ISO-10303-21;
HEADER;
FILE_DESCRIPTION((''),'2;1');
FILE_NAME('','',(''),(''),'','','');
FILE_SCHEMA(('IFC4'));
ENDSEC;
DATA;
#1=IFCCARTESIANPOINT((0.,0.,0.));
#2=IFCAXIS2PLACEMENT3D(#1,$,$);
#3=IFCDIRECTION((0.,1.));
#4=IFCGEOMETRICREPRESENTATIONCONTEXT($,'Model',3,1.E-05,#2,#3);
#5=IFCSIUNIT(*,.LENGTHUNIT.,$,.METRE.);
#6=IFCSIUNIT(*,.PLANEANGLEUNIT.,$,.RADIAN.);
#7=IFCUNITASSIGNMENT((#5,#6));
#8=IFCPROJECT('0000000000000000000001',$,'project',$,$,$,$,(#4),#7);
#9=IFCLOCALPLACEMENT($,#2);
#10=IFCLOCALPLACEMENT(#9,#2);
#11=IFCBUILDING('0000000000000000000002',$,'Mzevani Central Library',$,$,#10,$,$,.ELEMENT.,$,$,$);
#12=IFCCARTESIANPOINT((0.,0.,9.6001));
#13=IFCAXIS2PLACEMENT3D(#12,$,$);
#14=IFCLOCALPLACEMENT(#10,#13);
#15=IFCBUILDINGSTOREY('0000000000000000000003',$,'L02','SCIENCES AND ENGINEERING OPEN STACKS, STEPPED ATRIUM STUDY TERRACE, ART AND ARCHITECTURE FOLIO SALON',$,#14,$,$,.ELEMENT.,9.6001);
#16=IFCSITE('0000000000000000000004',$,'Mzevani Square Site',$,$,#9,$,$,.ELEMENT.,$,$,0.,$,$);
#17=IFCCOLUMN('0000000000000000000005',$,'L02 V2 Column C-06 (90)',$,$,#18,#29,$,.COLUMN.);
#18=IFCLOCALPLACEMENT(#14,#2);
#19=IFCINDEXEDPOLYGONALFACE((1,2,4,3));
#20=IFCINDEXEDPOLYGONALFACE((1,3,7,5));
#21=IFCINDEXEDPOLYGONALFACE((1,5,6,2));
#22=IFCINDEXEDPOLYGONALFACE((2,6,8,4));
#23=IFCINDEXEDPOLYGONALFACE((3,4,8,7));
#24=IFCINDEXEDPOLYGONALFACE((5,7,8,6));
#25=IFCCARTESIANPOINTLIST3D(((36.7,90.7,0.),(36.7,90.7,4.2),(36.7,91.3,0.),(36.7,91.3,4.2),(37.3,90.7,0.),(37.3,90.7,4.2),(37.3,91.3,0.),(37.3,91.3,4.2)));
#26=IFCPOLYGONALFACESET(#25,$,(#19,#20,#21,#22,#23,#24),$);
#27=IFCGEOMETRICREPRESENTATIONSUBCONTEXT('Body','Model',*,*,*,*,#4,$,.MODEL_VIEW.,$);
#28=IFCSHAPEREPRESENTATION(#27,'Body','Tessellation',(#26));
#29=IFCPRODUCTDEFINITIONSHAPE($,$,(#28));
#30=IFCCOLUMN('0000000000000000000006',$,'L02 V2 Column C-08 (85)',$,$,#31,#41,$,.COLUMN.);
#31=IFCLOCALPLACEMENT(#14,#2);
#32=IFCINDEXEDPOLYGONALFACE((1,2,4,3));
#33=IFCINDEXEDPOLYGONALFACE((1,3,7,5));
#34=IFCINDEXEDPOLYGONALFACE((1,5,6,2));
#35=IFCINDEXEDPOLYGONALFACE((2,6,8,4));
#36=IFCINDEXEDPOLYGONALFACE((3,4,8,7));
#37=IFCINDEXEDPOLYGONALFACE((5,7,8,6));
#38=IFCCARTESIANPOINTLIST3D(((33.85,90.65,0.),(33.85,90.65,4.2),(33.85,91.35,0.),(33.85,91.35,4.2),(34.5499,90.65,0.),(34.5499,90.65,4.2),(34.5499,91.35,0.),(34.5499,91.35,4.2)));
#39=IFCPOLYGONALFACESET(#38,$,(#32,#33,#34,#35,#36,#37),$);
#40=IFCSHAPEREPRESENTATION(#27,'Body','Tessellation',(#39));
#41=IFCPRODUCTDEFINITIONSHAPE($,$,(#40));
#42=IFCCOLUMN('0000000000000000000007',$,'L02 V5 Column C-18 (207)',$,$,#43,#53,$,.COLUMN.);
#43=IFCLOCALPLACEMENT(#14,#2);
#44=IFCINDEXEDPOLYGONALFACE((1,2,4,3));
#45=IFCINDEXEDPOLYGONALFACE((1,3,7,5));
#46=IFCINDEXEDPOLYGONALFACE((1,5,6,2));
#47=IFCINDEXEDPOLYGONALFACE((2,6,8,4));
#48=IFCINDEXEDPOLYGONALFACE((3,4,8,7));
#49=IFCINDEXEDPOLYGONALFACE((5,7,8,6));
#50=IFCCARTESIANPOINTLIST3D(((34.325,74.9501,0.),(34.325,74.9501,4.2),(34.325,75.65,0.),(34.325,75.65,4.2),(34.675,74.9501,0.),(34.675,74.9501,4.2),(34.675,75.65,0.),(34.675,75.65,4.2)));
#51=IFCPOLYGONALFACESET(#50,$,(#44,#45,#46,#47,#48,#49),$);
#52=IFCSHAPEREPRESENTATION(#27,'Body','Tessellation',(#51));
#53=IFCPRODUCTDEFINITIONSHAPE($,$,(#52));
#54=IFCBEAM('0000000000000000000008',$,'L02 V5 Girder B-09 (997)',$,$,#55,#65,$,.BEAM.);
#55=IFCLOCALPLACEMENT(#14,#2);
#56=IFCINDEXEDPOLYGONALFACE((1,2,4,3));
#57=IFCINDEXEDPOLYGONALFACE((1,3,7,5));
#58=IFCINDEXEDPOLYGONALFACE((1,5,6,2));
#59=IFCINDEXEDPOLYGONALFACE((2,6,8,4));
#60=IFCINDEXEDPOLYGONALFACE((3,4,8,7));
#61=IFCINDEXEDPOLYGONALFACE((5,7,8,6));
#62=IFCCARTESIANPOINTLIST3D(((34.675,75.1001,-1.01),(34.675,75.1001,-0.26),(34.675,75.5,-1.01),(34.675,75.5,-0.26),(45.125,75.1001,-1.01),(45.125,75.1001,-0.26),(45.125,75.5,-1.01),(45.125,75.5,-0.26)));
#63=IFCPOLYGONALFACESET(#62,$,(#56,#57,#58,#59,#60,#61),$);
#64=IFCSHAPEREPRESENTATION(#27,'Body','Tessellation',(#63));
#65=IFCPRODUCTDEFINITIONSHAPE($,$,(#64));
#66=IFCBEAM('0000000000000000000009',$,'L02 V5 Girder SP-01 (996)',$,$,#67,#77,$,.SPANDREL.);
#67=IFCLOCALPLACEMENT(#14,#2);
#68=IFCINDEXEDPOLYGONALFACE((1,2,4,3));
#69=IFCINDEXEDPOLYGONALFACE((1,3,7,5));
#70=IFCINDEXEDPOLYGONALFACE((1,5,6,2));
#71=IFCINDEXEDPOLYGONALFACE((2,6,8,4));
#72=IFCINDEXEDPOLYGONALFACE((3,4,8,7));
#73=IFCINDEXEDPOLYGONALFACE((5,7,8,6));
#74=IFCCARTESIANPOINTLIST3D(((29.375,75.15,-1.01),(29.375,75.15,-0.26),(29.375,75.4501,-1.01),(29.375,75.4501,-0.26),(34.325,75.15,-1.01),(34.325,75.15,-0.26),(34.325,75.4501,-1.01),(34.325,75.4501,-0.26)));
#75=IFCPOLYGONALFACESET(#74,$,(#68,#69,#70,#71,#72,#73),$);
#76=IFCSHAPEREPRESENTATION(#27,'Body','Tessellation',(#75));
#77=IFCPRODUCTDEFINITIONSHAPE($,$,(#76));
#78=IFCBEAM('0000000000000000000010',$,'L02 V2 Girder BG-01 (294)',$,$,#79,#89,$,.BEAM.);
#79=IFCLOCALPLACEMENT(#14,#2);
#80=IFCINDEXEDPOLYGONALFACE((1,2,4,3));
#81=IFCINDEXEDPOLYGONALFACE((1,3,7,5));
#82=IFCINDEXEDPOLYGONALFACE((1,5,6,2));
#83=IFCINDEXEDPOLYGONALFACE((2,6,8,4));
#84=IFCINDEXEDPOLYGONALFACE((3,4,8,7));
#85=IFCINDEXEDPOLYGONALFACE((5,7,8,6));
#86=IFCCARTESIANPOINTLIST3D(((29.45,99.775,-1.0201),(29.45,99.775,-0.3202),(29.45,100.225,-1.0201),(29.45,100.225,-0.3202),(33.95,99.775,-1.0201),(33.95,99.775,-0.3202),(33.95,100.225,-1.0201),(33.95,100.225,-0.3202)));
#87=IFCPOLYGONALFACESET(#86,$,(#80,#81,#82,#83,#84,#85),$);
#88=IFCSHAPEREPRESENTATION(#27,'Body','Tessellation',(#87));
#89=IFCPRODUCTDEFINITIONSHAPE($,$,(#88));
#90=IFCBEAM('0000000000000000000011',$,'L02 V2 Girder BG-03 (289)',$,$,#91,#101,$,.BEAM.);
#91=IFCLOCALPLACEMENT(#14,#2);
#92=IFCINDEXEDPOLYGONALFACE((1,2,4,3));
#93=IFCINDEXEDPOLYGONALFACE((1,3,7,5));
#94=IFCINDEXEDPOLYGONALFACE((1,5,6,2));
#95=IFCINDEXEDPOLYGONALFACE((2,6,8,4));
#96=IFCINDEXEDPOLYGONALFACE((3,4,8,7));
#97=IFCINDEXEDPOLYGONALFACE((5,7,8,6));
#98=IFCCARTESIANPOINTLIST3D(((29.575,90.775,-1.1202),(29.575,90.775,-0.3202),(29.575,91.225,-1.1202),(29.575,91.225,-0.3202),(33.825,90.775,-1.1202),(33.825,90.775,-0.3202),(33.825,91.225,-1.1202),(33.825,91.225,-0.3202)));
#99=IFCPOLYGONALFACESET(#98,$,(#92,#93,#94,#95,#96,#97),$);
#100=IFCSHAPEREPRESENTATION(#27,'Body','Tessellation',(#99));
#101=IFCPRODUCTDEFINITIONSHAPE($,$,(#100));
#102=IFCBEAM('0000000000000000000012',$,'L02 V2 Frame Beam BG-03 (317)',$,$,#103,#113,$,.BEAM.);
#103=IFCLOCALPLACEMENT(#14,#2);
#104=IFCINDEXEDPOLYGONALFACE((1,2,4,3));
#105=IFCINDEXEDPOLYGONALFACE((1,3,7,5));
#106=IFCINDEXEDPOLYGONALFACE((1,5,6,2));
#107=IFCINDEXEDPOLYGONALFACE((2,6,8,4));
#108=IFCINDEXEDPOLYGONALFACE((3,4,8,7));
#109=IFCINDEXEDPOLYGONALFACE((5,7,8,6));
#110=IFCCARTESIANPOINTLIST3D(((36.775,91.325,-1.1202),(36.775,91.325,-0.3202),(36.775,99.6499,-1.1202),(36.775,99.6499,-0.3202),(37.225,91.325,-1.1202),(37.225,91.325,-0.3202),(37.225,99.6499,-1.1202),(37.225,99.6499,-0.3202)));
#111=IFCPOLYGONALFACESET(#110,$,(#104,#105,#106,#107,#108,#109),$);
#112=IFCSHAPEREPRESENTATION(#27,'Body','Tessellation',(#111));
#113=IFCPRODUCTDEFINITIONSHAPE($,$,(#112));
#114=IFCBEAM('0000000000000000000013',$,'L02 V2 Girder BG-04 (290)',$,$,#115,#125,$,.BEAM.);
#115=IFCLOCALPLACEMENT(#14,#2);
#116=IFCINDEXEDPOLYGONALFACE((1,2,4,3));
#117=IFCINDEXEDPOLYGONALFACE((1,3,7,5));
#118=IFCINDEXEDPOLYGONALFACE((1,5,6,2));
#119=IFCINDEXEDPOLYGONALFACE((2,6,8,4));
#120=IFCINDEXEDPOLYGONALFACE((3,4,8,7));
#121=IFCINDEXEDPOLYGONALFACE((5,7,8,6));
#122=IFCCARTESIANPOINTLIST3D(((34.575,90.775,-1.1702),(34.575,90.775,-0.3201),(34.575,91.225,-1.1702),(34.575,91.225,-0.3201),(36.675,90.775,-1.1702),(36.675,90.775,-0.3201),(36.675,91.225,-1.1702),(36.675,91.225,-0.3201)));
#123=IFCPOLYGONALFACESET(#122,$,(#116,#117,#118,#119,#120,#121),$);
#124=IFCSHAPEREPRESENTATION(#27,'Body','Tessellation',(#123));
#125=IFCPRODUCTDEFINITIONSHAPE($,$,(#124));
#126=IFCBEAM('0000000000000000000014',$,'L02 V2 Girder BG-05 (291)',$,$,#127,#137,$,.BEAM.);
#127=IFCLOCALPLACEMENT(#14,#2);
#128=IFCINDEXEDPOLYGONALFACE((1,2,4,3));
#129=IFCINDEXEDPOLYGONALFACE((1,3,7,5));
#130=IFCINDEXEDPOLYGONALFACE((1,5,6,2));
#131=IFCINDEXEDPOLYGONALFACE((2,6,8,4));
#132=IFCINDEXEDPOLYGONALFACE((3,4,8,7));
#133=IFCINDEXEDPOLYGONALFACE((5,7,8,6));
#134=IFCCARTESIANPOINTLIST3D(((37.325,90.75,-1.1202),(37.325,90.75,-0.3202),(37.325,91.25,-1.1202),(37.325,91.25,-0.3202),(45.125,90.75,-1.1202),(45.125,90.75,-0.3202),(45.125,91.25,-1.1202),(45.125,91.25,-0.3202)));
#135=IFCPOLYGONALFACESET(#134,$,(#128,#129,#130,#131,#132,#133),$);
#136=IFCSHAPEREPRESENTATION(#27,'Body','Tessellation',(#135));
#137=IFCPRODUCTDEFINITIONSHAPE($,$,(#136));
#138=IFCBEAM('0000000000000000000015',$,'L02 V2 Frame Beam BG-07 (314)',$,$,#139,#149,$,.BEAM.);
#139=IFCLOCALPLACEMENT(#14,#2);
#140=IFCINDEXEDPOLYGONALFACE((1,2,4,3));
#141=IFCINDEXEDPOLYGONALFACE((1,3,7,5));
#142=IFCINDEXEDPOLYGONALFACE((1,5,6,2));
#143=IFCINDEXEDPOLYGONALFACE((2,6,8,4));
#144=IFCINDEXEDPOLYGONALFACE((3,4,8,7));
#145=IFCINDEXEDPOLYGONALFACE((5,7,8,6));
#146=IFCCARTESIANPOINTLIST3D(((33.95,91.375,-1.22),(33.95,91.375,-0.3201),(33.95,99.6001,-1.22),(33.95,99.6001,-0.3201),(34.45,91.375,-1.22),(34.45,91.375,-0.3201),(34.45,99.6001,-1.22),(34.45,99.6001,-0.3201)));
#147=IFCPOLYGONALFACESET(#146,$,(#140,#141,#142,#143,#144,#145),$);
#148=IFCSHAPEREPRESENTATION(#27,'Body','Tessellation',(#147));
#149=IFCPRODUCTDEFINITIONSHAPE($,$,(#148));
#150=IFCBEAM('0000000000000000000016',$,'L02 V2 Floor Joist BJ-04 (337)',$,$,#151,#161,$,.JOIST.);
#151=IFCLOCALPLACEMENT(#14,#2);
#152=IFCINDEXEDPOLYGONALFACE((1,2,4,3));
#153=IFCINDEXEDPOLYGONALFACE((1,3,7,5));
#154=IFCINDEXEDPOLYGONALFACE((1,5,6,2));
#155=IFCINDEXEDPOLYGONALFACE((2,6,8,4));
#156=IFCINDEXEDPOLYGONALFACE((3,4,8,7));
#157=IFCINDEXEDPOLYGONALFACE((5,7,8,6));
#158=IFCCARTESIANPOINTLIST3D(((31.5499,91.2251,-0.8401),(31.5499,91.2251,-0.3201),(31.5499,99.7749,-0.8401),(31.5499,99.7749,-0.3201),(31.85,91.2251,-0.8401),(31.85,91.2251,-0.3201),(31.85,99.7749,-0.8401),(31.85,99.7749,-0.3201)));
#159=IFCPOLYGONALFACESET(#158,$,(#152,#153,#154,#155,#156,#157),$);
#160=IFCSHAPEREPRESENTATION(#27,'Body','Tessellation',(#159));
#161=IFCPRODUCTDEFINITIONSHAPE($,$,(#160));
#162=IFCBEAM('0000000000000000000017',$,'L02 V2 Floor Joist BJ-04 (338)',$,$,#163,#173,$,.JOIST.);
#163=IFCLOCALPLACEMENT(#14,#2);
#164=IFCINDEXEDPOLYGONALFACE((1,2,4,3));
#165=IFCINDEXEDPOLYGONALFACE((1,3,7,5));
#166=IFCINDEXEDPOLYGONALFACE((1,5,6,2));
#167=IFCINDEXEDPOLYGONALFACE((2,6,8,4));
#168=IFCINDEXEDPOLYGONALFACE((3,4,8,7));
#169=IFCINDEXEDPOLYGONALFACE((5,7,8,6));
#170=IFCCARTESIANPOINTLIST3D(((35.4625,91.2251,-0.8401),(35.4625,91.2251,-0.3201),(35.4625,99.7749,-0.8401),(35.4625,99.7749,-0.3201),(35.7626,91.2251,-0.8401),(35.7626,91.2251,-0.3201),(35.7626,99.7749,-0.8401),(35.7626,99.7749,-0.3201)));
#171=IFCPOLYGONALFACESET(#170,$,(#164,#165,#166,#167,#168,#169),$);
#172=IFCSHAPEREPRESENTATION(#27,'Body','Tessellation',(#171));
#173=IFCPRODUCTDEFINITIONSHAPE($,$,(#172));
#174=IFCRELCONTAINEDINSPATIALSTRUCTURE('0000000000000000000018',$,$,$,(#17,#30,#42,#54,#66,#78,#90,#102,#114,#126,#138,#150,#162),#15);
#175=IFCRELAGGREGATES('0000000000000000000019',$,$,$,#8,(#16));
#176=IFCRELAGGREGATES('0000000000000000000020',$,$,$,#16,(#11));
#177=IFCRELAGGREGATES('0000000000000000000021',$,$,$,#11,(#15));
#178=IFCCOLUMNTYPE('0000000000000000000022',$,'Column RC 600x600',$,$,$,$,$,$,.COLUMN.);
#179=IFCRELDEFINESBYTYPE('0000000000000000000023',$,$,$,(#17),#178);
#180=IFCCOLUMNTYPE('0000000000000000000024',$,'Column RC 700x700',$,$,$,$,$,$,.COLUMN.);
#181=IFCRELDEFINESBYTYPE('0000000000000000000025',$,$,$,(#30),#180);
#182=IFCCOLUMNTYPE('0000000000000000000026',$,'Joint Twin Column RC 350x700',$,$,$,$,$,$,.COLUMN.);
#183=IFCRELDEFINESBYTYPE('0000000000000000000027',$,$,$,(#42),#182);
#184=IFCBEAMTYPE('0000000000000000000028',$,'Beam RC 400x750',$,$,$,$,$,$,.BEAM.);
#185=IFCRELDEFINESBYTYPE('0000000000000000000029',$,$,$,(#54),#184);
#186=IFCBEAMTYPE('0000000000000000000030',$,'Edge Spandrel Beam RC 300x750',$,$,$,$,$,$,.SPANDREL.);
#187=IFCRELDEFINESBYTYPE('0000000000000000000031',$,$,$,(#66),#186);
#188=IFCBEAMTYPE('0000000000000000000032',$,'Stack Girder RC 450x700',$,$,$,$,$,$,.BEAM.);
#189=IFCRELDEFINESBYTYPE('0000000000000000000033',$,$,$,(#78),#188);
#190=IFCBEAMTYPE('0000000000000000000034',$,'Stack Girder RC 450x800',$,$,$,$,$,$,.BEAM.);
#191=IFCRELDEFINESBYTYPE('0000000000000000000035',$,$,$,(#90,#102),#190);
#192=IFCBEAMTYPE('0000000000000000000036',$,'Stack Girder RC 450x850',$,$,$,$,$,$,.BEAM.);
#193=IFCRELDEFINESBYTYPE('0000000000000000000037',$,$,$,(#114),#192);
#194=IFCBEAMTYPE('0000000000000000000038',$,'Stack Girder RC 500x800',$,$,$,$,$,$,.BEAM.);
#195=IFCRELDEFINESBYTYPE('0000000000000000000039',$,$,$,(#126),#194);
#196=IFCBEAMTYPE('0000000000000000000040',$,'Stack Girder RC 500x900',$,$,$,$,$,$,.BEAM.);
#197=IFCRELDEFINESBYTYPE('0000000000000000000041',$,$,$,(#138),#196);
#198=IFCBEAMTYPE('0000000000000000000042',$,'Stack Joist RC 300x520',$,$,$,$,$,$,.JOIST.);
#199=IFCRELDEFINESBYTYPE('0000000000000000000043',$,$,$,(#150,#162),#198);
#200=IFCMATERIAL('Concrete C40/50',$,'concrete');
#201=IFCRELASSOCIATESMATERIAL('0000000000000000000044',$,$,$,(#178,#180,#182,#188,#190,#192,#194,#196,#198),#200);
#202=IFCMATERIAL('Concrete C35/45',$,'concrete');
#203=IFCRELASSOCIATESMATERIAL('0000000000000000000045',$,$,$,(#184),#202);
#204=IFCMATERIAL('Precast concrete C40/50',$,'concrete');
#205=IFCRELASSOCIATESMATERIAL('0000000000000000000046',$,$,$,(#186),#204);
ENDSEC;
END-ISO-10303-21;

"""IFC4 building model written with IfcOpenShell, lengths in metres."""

from ifc_helpers import new_model, si_unit, direction, frame, origin, origin_2d, place, context, subcontext, project, spatial, rectangle, extrude, material, material_profile, profile_set, type_object, element, save


model = new_model("IFC4")

# Units and contexts
model_context = context("Model", 3, precision=1e-05, world=origin(), true_north=direction((0.0, 1.0)))
body_context = subcontext(model_context, "Body", "Model", "MODEL_VIEW")
ifc_project = project(units=[si_unit("LENGTHUNIT", "METRE"), si_unit("PLANEANGLEUNIT", "RADIAN")], contexts=[model_context])

# Site, building, storey
site_placement = place(None, origin())
site = spatial("IfcSite", under=ifc_project, at=site_placement, Name="Mzevani Square Site", CompositionType="ELEMENT", RefElevation=0.0)
building_placement = place(site_placement, origin())
building = spatial("IfcBuilding", under=site, at=building_placement, Name="Mzevani Central Library", CompositionType="ELEMENT")
storey_placement = place(building_placement, frame((0.0, 0.0, 9.6001)))
storey = spatial("IfcBuildingStorey", under=building, at=storey_placement, Name="L02", Description="SCIENCES AND ENGINEERING OPEN STACKS, STEPPED ATRIUM STUDY TERRACE, ART AND ARCHITECTURE FOLIO SALON", CompositionType="ELEMENT", Elevation=9.6001)

# Columns
ifc_material_1 = material(Name="Concrete C40/50", Category="concrete")
ifc_material_profile_1 = material_profile(ifc_material_1, rectangle(XDim=0.6001, YDim=0.6001, at=origin_2d()), Name="RC 600x600")
ifc_profile_set_1 = profile_set([ifc_material_profile_1], Name="Concrete C40/50")
column_type_1 = type_object("IfcColumnType", Name="Column RC 600x600", PredefinedType="COLUMN", material=ifc_profile_set_1)
column_1_placement = place(storey_placement, frame((37.0, 91.0, 0.0), z_axis=(0.0, 0.0, 1.0), x_axis=(1.0, 0.0, 0.0)))
element("IfcColumn", 1, at=column_1_placement, inside=storey, type_object=column_type_1, Name="L02 V2 Column C-06 (90)", PredefinedType="COLUMN", context=body_context, shape_type="SweptSolid", body=[
    extrude(rectangle(XDim=0.6001, YDim=0.6001, at=origin_2d()), origin(), (0.0, 0.0, 1.0), 4.2),
])
ifc_material_profile_2 = material_profile(ifc_material_1, rectangle(XDim=0.7, YDim=0.7, at=origin_2d()), Name="RC 700x700")
ifc_profile_set_2 = profile_set([ifc_material_profile_2], Name="Concrete C40/50")
column_type_2 = type_object("IfcColumnType", Name="Column RC 700x700", PredefinedType="COLUMN", material=ifc_profile_set_2)
column_2_placement = place(storey_placement, frame((34.2, 91.0, 0.0), z_axis=(0.0, 0.0, 1.0), x_axis=(1.0, 0.0, 0.0)))
element("IfcColumn", 2, at=column_2_placement, inside=storey, type_object=column_type_2, Name="L02 V2 Column C-08 (85)", PredefinedType="COLUMN", context=body_context, shape_type="SweptSolid", body=[
    extrude(rectangle(XDim=0.7, YDim=0.7, at=origin_2d()), origin(), (0.0, 0.0, 1.0), 4.2),
])
ifc_material_profile_3 = material_profile(ifc_material_1, rectangle(XDim=0.3501, YDim=0.7, at=origin_2d()), Name="RC 350x700")
ifc_profile_set_3 = profile_set([ifc_material_profile_3], Name="Concrete C40/50")
column_type_3 = type_object("IfcColumnType", Name="Joint Twin Column RC 350x700", PredefinedType="COLUMN", material=ifc_profile_set_3)
column_3_placement = place(storey_placement, frame((34.5, 75.3, 0.0), z_axis=(0.0, 0.0, 1.0), x_axis=(1.0, 0.0, 0.0)))
element("IfcColumn", 3, at=column_3_placement, inside=storey, type_object=column_type_3, Name="L02 V5 Column C-18 (207)", PredefinedType="COLUMN", context=body_context, shape_type="SweptSolid", body=[
    extrude(rectangle(XDim=0.3501, YDim=0.7, at=origin_2d()), origin(), (0.0, 0.0, 1.0), 4.2),
])

# Beams
ifc_material_2 = material(Name="Concrete C35/45", Category="concrete")
ifc_material_profile_4 = material_profile(ifc_material_2, rectangle(XDim=0.3999, YDim=0.75, at=origin_2d()), Name="RC B400x750")
ifc_profile_set_4 = profile_set([ifc_material_profile_4], Name="Concrete C35/45")
beam_type_1 = type_object("IfcBeamType", Name="Beam RC 400x750", PredefinedType="BEAM", material=ifc_profile_set_4)
beam_1_placement = place(storey_placement, frame((34.675, 75.3, -0.635), z_axis=(1.0, 0.0, 0.0), x_axis=(0.0, 1.0, 0.0)))
element("IfcBeam", 4, at=beam_1_placement, inside=storey, type_object=beam_type_1, Name="L02 V5 Girder B-09 (997)", PredefinedType="BEAM", context=body_context, shape_type="SweptSolid", body=[
    extrude(rectangle(XDim=0.3999, YDim=0.75, at=origin_2d()), origin(), (0.0, 0.0, 1.0), 10.45),
])
ifc_material_3 = material(Name="Precast concrete C40/50", Category="concrete")
ifc_material_profile_5 = material_profile(ifc_material_3, rectangle(XDim=0.3, YDim=0.75, at=origin_2d()), Name="RC SP300x750")
ifc_profile_set_5 = profile_set([ifc_material_profile_5], Name="Precast concrete C40/50")
beam_type_2 = type_object("IfcBeamType", Name="Edge Spandrel Beam RC 300x750", PredefinedType="SPANDREL", material=ifc_profile_set_5)
beam_2_placement = place(storey_placement, frame((29.375, 75.3, -0.635), z_axis=(1.0, 0.0, 0.0), x_axis=(0.0, 1.0, 0.0)))
element("IfcBeam", 5, at=beam_2_placement, inside=storey, type_object=beam_type_2, Name="L02 V5 Girder SP-01 (996)", PredefinedType="SPANDREL", context=body_context, shape_type="SweptSolid", body=[
    extrude(rectangle(XDim=0.3, YDim=0.75, at=origin_2d()), origin(), (0.0, 0.0, 1.0), 4.95),
])
ifc_material_profile_6 = material_profile(ifc_material_1, rectangle(XDim=0.45, YDim=0.7, at=origin_2d()), Name="RC B450x700")
ifc_profile_set_6 = profile_set([ifc_material_profile_6], Name="Concrete C40/50")
beam_type_3 = type_object("IfcBeamType", Name="Stack Girder RC 450x700", PredefinedType="BEAM", material=ifc_profile_set_6)
beam_3_placement = place(storey_placement, frame((29.45, 100.0, -0.6702), z_axis=(1.0, 0.0, 0.0), x_axis=(0.0, 1.0, 0.0)))
element("IfcBeam", 6, at=beam_3_placement, inside=storey, type_object=beam_type_3, Name="L02 V2 Girder BG-01 (294)", PredefinedType="BEAM", context=body_context, shape_type="SweptSolid", body=[
    extrude(rectangle(XDim=0.45, YDim=0.7, at=origin_2d()), origin(), (0.0, 0.0, 1.0), 4.5),
])
ifc_material_profile_7 = material_profile(ifc_material_1, rectangle(XDim=0.45, YDim=0.8, at=origin_2d()), Name="RC B450x800")
ifc_profile_set_7 = profile_set([ifc_material_profile_7], Name="Concrete C40/50")
beam_type_4 = type_object("IfcBeamType", Name="Stack Girder RC 450x800", PredefinedType="BEAM", material=ifc_profile_set_7)
beam_4_placement = place(storey_placement, frame((29.575, 91.0, -0.7202), z_axis=(1.0, 0.0, 0.0), x_axis=(0.0, 1.0, 0.0)))
element("IfcBeam", 7, at=beam_4_placement, inside=storey, type_object=beam_type_4, Name="L02 V2 Girder BG-03 (289)", PredefinedType="BEAM", context=body_context, shape_type="SweptSolid", body=[
    extrude(rectangle(XDim=0.45, YDim=0.8, at=origin_2d()), origin(), (0.0, 0.0, 1.0), 4.25),
])
beam_5_placement = place(storey_placement, frame((37.0, 91.325, -0.7202), z_axis=(0.0, 1.0, 0.0), x_axis=(-1.0, 0.0, 0.0)))
element("IfcBeam", 8, at=beam_5_placement, inside=storey, type_object=beam_type_4, Name="L02 V2 Frame Beam BG-03 (317)", PredefinedType="BEAM", context=body_context, shape_type="SweptSolid", body=[
    extrude(rectangle(XDim=0.45, YDim=0.8, at=origin_2d()), origin(), (0.0, 0.0, 1.0), 8.325),
])
ifc_material_profile_8 = material_profile(ifc_material_1, rectangle(XDim=0.45, YDim=0.8501, at=origin_2d()), Name="RC B450x850")
ifc_profile_set_8 = profile_set([ifc_material_profile_8], Name="Concrete C40/50")
beam_type_5 = type_object("IfcBeamType", Name="Stack Girder RC 450x850", PredefinedType="BEAM", material=ifc_profile_set_8)
beam_6_placement = place(storey_placement, frame((34.575, 91.0, -0.7451), z_axis=(1.0, 0.0, 0.0), x_axis=(0.0, 1.0, 0.0)))
element("IfcBeam", 9, at=beam_6_placement, inside=storey, type_object=beam_type_5, Name="L02 V2 Girder BG-04 (290)", PredefinedType="BEAM", context=body_context, shape_type="SweptSolid", body=[
    extrude(rectangle(XDim=0.45, YDim=0.8501, at=origin_2d()), origin(), (0.0, 0.0, 1.0), 2.1001),
])
ifc_material_profile_9 = material_profile(ifc_material_1, rectangle(XDim=0.5, YDim=0.8, at=origin_2d()), Name="RC B500x800")
ifc_profile_set_9 = profile_set([ifc_material_profile_9], Name="Concrete C40/50")
beam_type_6 = type_object("IfcBeamType", Name="Stack Girder RC 500x800", PredefinedType="BEAM", material=ifc_profile_set_9)
beam_7_placement = place(storey_placement, frame((37.325, 91.0, -0.7202), z_axis=(1.0, 0.0, 0.0), x_axis=(0.0, 1.0, 0.0)))
element("IfcBeam", 10, at=beam_7_placement, inside=storey, type_object=beam_type_6, Name="L02 V2 Girder BG-05 (291)", PredefinedType="BEAM", context=body_context, shape_type="SweptSolid", body=[
    extrude(rectangle(XDim=0.5, YDim=0.8, at=origin_2d()), origin(), (0.0, 0.0, 1.0), 7.8),
])
ifc_material_profile_10 = material_profile(ifc_material_1, rectangle(XDim=0.5, YDim=0.8999, at=origin_2d()), Name="RC B500x900")
ifc_profile_set_10 = profile_set([ifc_material_profile_10], Name="Concrete C40/50")
beam_type_7 = type_object("IfcBeamType", Name="Stack Girder RC 500x900", PredefinedType="BEAM", material=ifc_profile_set_10)
beam_8_placement = place(storey_placement, frame((34.2, 91.375, -0.77), z_axis=(0.0, 1.0, 0.0), x_axis=(-1.0, 0.0, 0.0)))
element("IfcBeam", 11, at=beam_8_placement, inside=storey, type_object=beam_type_7, Name="L02 V2 Frame Beam BG-07 (314)", PredefinedType="BEAM", context=body_context, shape_type="SweptSolid", body=[
    extrude(rectangle(XDim=0.5, YDim=0.8999, at=origin_2d()), origin(), (0.0, 0.0, 1.0), 8.2251),
])
ifc_material_profile_11 = material_profile(ifc_material_1, rectangle(XDim=0.3, YDim=0.52, at=origin_2d()), Name="RC J300x520")
ifc_profile_set_11 = profile_set([ifc_material_profile_11], Name="Concrete C40/50")
beam_type_8 = type_object("IfcBeamType", Name="Stack Joist RC 300x520", PredefinedType="JOIST", material=ifc_profile_set_11)
for number, where, z_axis, x_axis, name in (
    (12, (31.7, 91.2251, -0.5801), (0.0, 1.0, 0.0), (-1.0, 0.0, 0.0), "L02 V2 Floor Joist BJ-04 (337)"),
    (13, (35.6125, 91.2251, -0.5801), (0.0, 1.0, 0.0), (-1.0, 0.0, 0.0), "L02 V2 Floor Joist BJ-04 (338)"),
):
    element("IfcBeam", number, at=place(storey_placement, frame(where, z_axis=z_axis, x_axis=x_axis)), inside=storey, type_object=beam_type_8, Name=name, PredefinedType="JOIST", context=body_context, shape_type="SweptSolid", body=[
        extrude(rectangle(XDim=0.3, YDim=0.52, at=origin_2d()), origin(), (0.0, 0.0, 1.0), 8.5498),
    ])

save(model, "model.ifc")
